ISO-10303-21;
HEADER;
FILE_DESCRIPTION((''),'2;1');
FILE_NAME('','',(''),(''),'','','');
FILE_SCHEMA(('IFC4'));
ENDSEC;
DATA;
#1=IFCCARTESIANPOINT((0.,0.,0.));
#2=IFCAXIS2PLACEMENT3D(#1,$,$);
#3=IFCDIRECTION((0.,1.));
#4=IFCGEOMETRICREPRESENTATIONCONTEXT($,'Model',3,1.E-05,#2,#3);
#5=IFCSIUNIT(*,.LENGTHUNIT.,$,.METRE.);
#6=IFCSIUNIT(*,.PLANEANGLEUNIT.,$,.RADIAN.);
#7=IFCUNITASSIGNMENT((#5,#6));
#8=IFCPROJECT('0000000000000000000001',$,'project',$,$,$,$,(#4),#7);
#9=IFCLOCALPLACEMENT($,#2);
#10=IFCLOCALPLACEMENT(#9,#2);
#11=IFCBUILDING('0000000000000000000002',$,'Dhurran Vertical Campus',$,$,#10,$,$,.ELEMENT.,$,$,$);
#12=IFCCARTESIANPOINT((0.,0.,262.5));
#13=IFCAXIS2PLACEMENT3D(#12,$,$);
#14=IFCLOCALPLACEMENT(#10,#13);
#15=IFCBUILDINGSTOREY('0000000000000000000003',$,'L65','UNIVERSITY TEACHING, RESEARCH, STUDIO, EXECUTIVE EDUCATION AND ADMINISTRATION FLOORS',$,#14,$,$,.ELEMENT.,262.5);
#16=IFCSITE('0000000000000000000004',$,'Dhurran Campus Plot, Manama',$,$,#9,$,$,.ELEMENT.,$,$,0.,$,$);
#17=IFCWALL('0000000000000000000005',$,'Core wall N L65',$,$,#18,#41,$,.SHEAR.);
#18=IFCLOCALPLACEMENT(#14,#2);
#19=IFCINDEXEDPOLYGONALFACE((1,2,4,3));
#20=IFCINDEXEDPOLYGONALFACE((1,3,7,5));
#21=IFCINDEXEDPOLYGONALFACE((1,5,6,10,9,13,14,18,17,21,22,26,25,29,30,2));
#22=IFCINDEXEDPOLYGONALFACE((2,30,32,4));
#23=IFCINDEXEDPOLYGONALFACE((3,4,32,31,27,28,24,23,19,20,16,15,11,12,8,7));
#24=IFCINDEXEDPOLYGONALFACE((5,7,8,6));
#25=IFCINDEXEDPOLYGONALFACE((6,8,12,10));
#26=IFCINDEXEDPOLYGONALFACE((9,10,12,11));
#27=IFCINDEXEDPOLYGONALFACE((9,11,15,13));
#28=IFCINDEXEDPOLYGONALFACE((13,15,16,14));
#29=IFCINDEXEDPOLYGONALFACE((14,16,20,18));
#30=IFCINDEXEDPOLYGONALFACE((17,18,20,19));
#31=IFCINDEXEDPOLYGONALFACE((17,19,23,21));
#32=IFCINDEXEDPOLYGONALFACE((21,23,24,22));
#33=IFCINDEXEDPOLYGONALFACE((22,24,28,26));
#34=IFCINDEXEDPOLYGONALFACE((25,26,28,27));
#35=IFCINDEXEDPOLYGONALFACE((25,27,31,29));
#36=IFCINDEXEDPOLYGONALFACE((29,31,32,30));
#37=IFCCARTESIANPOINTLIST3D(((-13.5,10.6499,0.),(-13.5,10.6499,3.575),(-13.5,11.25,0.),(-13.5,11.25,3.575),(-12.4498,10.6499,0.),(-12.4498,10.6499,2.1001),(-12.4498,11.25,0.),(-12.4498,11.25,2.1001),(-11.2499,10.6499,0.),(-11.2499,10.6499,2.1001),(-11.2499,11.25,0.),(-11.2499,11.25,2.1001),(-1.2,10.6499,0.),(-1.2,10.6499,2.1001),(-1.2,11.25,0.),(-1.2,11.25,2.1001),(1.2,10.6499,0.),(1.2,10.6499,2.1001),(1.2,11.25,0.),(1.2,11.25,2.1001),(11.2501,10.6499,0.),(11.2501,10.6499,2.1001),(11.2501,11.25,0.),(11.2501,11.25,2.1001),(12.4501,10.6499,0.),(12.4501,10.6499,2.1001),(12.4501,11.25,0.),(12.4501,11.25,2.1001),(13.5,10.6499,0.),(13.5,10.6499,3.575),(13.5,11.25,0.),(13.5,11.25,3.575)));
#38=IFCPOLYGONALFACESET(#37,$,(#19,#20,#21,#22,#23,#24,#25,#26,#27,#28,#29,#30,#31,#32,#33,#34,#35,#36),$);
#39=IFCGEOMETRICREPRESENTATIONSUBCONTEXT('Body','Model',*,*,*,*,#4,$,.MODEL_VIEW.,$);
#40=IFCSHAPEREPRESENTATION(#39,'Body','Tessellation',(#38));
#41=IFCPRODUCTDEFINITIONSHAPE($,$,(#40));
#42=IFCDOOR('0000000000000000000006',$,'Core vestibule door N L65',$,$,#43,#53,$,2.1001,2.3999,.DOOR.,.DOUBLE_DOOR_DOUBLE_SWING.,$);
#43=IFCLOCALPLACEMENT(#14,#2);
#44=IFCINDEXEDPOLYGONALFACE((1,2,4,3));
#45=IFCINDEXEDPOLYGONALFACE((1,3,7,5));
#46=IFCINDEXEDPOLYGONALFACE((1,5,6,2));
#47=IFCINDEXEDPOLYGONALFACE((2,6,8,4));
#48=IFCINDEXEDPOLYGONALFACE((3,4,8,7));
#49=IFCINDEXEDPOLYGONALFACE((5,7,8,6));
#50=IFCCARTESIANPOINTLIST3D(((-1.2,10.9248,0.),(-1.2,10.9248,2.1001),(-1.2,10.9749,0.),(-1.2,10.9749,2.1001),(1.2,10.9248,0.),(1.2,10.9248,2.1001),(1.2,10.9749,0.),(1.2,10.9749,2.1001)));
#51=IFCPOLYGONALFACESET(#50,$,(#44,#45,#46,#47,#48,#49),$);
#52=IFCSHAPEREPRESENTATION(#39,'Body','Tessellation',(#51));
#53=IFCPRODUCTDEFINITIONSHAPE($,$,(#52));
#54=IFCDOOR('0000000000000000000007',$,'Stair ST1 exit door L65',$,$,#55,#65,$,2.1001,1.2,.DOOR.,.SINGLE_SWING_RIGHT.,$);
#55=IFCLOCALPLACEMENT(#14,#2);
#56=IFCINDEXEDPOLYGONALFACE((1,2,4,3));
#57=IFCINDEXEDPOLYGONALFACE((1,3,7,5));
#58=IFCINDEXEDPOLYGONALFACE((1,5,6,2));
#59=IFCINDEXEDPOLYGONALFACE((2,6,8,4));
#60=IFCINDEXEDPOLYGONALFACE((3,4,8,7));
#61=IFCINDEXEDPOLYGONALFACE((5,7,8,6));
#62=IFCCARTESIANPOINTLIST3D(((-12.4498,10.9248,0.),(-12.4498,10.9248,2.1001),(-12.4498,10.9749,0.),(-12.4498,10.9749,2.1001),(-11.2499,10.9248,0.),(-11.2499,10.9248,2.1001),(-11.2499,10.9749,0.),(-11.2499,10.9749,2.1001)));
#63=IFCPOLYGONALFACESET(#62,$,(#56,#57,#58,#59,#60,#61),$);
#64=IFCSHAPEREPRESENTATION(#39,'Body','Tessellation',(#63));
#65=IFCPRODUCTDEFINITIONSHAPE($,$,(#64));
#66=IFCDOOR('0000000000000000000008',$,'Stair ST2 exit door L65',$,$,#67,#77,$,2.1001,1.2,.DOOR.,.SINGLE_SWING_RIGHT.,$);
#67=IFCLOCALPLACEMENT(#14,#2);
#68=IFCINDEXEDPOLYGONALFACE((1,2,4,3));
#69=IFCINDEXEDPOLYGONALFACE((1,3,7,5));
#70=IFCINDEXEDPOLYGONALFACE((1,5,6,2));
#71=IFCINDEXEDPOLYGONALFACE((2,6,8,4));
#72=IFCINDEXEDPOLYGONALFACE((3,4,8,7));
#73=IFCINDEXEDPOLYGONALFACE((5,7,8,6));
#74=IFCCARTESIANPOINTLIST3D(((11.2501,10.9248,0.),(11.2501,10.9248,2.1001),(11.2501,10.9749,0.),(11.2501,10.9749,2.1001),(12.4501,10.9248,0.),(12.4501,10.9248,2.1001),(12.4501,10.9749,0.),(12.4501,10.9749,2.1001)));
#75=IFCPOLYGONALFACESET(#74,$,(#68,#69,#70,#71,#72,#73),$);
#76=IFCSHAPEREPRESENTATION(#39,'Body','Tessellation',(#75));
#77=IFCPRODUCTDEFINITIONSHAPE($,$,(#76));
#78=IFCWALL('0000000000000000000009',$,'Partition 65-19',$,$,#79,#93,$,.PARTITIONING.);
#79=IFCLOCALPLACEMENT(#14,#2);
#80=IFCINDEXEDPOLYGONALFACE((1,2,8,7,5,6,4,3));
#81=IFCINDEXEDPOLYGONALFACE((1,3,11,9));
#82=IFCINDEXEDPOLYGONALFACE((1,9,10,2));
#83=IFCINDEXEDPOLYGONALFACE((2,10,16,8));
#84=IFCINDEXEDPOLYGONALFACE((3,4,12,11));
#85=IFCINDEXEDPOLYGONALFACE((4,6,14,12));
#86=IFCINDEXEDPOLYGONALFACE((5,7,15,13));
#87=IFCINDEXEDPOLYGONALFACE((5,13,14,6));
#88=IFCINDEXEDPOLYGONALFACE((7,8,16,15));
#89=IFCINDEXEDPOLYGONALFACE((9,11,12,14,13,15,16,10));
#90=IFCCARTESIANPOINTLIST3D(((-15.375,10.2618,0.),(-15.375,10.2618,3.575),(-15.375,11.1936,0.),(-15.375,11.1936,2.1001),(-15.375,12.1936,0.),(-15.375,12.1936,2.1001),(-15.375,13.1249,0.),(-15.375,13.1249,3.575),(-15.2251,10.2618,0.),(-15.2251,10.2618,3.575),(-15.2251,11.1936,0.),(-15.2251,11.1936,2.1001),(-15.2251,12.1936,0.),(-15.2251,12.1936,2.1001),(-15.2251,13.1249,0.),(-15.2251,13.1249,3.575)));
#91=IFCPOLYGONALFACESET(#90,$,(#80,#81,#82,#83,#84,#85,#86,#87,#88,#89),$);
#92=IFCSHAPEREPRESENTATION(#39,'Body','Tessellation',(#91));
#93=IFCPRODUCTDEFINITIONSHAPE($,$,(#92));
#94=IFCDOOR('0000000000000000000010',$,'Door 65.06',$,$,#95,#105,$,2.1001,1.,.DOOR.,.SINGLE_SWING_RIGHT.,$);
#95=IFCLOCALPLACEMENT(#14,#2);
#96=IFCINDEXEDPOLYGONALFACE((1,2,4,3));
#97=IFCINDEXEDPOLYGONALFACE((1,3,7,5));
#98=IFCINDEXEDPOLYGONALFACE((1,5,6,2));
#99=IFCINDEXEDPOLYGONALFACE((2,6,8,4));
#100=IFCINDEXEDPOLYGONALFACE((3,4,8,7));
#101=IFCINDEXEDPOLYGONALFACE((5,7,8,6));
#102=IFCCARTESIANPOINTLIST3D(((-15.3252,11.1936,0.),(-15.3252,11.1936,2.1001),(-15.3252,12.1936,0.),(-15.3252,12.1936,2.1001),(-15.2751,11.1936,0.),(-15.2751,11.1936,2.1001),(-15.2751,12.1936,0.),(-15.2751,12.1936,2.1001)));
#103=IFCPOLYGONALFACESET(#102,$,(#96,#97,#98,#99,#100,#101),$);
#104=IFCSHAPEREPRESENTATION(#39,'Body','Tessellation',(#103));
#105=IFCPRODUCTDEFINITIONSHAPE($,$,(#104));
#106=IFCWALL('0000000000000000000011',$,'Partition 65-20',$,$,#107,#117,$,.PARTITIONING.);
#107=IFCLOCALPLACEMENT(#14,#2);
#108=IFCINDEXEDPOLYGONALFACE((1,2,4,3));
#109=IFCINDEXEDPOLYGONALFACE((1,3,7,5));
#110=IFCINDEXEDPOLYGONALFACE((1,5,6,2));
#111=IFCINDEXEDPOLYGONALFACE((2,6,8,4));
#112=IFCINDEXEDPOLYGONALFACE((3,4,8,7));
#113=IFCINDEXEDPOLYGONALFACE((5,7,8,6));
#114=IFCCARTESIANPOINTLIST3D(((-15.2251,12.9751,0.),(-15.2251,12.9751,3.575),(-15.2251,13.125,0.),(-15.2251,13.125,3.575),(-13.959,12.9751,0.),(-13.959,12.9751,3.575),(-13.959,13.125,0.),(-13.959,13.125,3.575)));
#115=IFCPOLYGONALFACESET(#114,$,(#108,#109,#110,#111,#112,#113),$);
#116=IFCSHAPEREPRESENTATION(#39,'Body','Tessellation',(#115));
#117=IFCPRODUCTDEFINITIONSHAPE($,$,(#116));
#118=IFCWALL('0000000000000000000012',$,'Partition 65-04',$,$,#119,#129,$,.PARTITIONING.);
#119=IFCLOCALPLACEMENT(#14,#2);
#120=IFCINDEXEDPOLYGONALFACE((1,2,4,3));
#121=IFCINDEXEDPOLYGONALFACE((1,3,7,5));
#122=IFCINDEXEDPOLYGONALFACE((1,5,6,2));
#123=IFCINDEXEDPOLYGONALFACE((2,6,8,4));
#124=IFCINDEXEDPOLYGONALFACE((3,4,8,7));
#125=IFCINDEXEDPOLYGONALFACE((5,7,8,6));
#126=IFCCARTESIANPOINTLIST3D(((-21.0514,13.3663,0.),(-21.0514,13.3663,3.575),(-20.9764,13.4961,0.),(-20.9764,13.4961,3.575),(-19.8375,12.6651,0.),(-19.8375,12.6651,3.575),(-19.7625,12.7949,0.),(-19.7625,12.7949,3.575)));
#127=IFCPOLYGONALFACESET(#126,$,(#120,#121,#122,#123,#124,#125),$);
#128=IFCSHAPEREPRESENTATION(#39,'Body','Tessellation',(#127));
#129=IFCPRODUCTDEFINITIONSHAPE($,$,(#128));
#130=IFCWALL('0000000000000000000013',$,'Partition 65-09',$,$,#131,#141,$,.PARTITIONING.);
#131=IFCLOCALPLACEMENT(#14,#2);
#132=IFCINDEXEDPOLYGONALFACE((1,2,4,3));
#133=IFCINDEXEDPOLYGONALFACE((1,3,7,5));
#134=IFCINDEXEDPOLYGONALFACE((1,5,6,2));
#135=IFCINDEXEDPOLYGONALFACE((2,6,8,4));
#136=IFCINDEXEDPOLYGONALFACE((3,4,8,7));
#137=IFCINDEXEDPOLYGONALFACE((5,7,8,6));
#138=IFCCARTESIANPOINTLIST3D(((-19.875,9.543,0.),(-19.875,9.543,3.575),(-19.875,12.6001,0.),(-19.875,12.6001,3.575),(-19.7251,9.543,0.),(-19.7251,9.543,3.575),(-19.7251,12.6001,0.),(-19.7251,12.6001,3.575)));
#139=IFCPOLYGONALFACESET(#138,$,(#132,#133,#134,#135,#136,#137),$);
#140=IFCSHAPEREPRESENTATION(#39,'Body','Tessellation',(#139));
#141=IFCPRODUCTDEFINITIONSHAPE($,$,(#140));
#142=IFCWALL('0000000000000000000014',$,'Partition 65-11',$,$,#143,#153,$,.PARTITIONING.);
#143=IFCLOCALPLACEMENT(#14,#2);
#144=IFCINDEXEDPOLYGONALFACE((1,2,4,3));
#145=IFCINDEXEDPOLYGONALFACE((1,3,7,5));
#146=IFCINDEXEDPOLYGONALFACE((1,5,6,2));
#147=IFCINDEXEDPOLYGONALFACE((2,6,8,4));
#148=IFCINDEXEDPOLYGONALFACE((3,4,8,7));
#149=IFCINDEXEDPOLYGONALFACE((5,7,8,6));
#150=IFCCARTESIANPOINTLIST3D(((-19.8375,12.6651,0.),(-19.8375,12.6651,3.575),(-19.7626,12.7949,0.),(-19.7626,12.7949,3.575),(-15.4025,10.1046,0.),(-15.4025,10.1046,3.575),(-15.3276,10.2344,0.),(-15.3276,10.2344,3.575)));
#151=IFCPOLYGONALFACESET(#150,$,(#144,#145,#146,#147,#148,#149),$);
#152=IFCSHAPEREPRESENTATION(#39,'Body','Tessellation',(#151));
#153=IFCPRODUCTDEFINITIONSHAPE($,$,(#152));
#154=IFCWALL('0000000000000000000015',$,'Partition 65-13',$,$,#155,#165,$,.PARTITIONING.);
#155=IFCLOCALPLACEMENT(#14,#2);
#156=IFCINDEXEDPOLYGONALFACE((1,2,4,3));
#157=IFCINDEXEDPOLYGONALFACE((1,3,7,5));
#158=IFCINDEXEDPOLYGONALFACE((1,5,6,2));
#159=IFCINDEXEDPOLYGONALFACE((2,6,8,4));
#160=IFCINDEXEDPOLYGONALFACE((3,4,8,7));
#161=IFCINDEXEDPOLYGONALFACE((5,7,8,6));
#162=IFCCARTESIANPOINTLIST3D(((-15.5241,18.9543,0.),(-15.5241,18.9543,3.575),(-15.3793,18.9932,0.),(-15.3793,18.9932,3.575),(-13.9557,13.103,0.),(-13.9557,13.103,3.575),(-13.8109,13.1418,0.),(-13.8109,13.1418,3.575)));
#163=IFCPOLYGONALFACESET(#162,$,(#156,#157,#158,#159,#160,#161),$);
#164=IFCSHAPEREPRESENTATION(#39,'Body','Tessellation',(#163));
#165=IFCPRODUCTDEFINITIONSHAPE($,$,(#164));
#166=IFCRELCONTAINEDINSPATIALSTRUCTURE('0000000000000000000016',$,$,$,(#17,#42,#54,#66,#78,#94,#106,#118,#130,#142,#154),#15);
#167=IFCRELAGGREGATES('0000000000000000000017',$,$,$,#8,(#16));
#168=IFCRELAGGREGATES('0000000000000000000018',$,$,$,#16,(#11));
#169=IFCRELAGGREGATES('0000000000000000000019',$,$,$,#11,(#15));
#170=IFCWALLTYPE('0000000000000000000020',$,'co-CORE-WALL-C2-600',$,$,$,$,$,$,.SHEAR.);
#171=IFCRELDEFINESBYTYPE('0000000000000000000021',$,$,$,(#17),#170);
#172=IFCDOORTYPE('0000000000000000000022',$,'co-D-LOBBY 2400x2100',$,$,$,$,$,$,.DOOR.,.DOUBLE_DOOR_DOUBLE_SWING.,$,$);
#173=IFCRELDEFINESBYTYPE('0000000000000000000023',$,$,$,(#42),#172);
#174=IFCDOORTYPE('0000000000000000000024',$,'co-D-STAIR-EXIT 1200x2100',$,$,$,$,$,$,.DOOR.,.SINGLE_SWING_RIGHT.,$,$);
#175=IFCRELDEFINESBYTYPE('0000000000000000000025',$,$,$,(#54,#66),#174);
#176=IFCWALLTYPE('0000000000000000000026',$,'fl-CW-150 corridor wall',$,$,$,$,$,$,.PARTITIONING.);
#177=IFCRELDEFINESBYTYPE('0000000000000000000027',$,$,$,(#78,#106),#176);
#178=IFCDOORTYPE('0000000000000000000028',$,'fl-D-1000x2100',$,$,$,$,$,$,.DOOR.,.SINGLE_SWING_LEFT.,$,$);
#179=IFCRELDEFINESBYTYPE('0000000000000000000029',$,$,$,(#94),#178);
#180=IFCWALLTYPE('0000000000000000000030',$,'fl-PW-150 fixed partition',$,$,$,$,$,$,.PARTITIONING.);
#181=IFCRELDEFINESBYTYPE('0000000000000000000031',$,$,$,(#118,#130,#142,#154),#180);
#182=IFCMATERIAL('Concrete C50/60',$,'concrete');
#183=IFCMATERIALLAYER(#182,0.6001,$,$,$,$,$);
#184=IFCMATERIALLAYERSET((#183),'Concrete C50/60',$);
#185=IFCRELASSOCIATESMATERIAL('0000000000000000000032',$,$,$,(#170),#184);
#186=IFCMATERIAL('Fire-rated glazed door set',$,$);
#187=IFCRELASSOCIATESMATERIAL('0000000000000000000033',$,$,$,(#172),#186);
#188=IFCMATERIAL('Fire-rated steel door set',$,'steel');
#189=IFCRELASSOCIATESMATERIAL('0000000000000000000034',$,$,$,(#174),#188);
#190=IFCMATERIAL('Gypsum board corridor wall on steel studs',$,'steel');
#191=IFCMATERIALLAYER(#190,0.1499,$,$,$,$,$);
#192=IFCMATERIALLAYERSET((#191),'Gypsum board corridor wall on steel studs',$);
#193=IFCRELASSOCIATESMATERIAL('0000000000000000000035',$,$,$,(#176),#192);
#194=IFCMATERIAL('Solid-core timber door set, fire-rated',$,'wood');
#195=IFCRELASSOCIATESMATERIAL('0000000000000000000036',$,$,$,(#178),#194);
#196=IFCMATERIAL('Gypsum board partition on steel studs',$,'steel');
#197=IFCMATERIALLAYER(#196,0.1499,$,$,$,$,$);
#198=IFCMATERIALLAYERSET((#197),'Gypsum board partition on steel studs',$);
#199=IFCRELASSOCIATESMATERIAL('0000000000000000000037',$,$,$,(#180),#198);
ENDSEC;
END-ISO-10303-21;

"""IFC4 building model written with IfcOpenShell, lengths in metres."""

from ifc_helpers import new_model, si_unit, direction, frame, frame_2d, origin, place, context, subcontext, project, spatial, rectangle, extrude, material, layer, layer_set, type_object, element, fill, save


model = new_model("IFC4")

# Units and contexts
model_context = context("Model", 3, precision=1e-05, world=origin(), true_north=direction((0.0, 1.0)))
body_context = subcontext(model_context, "Body", "Model", "MODEL_VIEW")
ifc_project = project(units=[si_unit("LENGTHUNIT", "METRE"), si_unit("PLANEANGLEUNIT", "RADIAN")], contexts=[model_context])

# Site, building, storey
site_placement = place(None, origin())
site = spatial("IfcSite", under=ifc_project, at=site_placement, Name="Dhurran Campus Plot, Manama", CompositionType="ELEMENT", RefElevation=0.0)
building_placement = place(site_placement, origin())
building = spatial("IfcBuilding", under=site, at=building_placement, Name="Dhurran Vertical Campus", CompositionType="ELEMENT")
storey_placement = place(building_placement, frame((0.0, 0.0, 262.5)))
storey = spatial("IfcBuildingStorey", under=building, at=storey_placement, Name="L65", Description="UNIVERSITY TEACHING, RESEARCH, STUDIO, EXECUTIVE EDUCATION AND ADMINISTRATION FLOORS", CompositionType="ELEMENT", Elevation=262.5)

# Wall, openings, doors
ifc_material_1 = material(Name="Concrete C50/60", Category="concrete")
ifc_layer_1 = layer(ifc_material_1, 0.6001)
ifc_layer_set_1 = layer_set([ifc_layer_1], Name="Concrete C50/60")
wall_type_1 = type_object("IfcWallType", Name="co-CORE-WALL-C2-600", PredefinedType="SHEAR", material=ifc_layer_set_1)
wall_1_placement = place(storey_placement, frame((-13.5, 10.95, 0.0), z_axis=(0.0, 0.0, 1.0), x_axis=(1.0, 0.0, 0.0)))
wall_1 = element("IfcWall", 1, at=wall_1_placement, inside=storey, type_object=wall_type_1, Name="Core wall N L65", PredefinedType="SHEAR", context=body_context, shape_type="SweptSolid", body=[
    extrude(rectangle(XDim=27.0, YDim=0.6001, at=frame_2d((13.5, 0.0))), origin(), (0.0, 0.0, 1.0), 3.575),
])
opening_1_placement = place(wall_1_placement, frame((12.3, 0.0, 0.0)))
opening_1 = element("IfcOpeningElement", 2, at=opening_1_placement, cuts=wall_1, PredefinedType="OPENING", context=body_context, shape_type="SweptSolid", body=[
    extrude(rectangle(XDim=2.3999, YDim=2.1001, at=frame_2d((1.2, 1.05))), frame((0.0, 0.3101, 0.0), z_axis=(0.0, -1.0, 0.0), x_axis=(1.0, 0.0, 0.0)), (0.0, 0.0, 1.0), 0.6201),
])
opening_2_placement = place(wall_1_placement, frame((1.05, 0.0, 0.0)))
opening_2 = element("IfcOpeningElement", 3, at=opening_2_placement, cuts=wall_1, PredefinedType="OPENING", context=body_context, shape_type="SweptSolid", body=[
    extrude(rectangle(XDim=1.2, YDim=2.1001, at=frame_2d((0.6001, 1.05))), frame((0.0, 0.3101, 0.0), z_axis=(0.0, -1.0, 0.0), x_axis=(1.0, 0.0, 0.0)), (0.0, 0.0, 1.0), 0.6201),
])
opening_3_placement = place(wall_1_placement, frame((24.75, 0.0, 0.0)))
opening_3 = element("IfcOpeningElement", 4, at=opening_3_placement, cuts=wall_1, PredefinedType="OPENING", context=body_context, shape_type="SweptSolid", body=[
    extrude(rectangle(XDim=1.2, YDim=2.1001, at=frame_2d((0.6001, 1.05))), frame((0.0, 0.3101, 0.0), z_axis=(0.0, -1.0, 0.0), x_axis=(1.0, 0.0, 0.0)), (0.0, 0.0, 1.0), 0.6201),
])
ifc_material_2 = material(Name="Fire-rated glazed door set")
door_type_1 = type_object("IfcDoorType", Name="co-D-LOBBY 2400x2100", OperationType="DOUBLE_DOOR_DOUBLE_SWING", PredefinedType="DOOR", material=ifc_material_2)
door_1_placement = place(opening_1_placement, origin())
door_1 = element("IfcDoor", 5, at=door_1_placement, inside=storey, type_object=door_type_1, Name="Core vestibule door N L65", OperationType="DOUBLE_DOOR_DOUBLE_SWING", OverallHeight=2.1001, OverallWidth=2.3999, PredefinedType="DOOR", context=body_context, shape_type="SweptSolid", body=[
    extrude(rectangle(XDim=2.3999, YDim=2.1001, at=frame_2d((1.2, 1.05))), frame((0.0, 0.0249, 0.0), z_axis=(0.0, -1.0, 0.0), x_axis=(1.0, 0.0, 0.0)), (0.0, 0.0, 1.0), 0.05),
])
fill(opening_1, door_1)
ifc_material_3 = material(Name="Fire-rated steel door set", Category="steel")
door_type_2 = type_object("IfcDoorType", Name="co-D-STAIR-EXIT 1200x2100", OperationType="SINGLE_SWING_RIGHT", PredefinedType="DOOR", material=ifc_material_3)
door_2_placement = place(opening_2_placement, origin())
door_2 = element("IfcDoor", 6, at=door_2_placement, inside=storey, type_object=door_type_2, Name="Stair ST1 exit door L65", OperationType="SINGLE_SWING_RIGHT", OverallHeight=2.1001, OverallWidth=1.2, PredefinedType="DOOR", context=body_context, shape_type="SweptSolid", body=[
    extrude(rectangle(XDim=1.2, YDim=2.1001, at=frame_2d((0.6001, 1.05))), frame((0.0, 0.0249, 0.0), z_axis=(0.0, -1.0, 0.0), x_axis=(1.0, 0.0, 0.0)), (0.0, 0.0, 1.0), 0.05),
])
fill(opening_2, door_2)
door_3_placement = place(opening_3_placement, origin())
door_3 = element("IfcDoor", 7, at=door_3_placement, inside=storey, type_object=door_type_2, Name="Stair ST2 exit door L65", OperationType="SINGLE_SWING_RIGHT", OverallHeight=2.1001, OverallWidth=1.2, PredefinedType="DOOR", context=body_context, shape_type="SweptSolid", body=[
    extrude(rectangle(XDim=1.2, YDim=2.1001, at=frame_2d((0.6001, 1.05))), frame((0.0, 0.0249, 0.0), z_axis=(0.0, -1.0, 0.0), x_axis=(1.0, 0.0, 0.0)), (0.0, 0.0, 1.0), 0.05),
])
fill(opening_3, door_3)

# Wall, opening, door
ifc_material_4 = material(Name="Gypsum board corridor wall on steel studs", Category="steel")
ifc_layer_2 = layer(ifc_material_4, 0.1499)
ifc_layer_set_2 = layer_set([ifc_layer_2], Name="Gypsum board corridor wall on steel studs")
wall_type_2 = type_object("IfcWallType", Name="fl-CW-150 corridor wall", PredefinedType="PARTITIONING", material=ifc_layer_set_2)
wall_2_placement = place(storey_placement, frame((-15.3, 13.125, 0.0), z_axis=(0.0, 0.0, 1.0), x_axis=(0.0, -1.0, 0.0)))
wall_2 = element("IfcWall", 8, at=wall_2_placement, inside=storey, type_object=wall_type_2, Name="Partition 65-19", PredefinedType="PARTITIONING", context=body_context, shape_type="SweptSolid", body=[
    extrude(rectangle(XDim=2.863, YDim=0.1499, at=frame_2d((1.4316, 0.0))), origin(), (0.0, 0.0, 1.0), 3.575),
])
opening_4_placement = place(wall_2_placement, frame((0.9314, 0.0, 0.0)))
opening_4 = element("IfcOpeningElement", 9, at=opening_4_placement, cuts=wall_2, PredefinedType="OPENING", context=body_context, shape_type="SweptSolid", body=[
    extrude(rectangle(XDim=1.0, YDim=2.1001, at=frame_2d((0.5, 1.05))), frame((0.0, 0.085, 0.0), z_axis=(0.0, -1.0, 0.0), x_axis=(1.0, 0.0, 0.0)), (0.0, 0.0, 1.0), 0.1699),
])
ifc_material_5 = material(Name="Solid-core timber door set, fire-rated", Category="wood")
door_type_3 = type_object("IfcDoorType", Name="fl-D-1000x2100", OperationType="SINGLE_SWING_LEFT", PredefinedType="DOOR", material=ifc_material_5)
door_4_placement = place(opening_4_placement, origin())
door_4 = element("IfcDoor", 10, at=door_4_placement, inside=storey, type_object=door_type_3, Name="Door 65.06", OperationType="SINGLE_SWING_RIGHT", OverallHeight=2.1001, OverallWidth=1.0, PredefinedType="DOOR", context=body_context, shape_type="SweptSolid", body=[
    extrude(rectangle(XDim=1.0, YDim=2.1001, at=frame_2d((0.5, 1.05))), frame((0.0, 0.0249, 0.0), z_axis=(0.0, -1.0, 0.0), x_axis=(1.0, 0.0, 0.0)), (0.0, 0.0, 1.0), 0.05),
])
fill(opening_4, door_4)

# Walls
wall_3_placement = place(storey_placement, frame((-13.959, 13.05, 0.0), z_axis=(0.0, 0.0, 1.0), x_axis=(-1.0, 0.0, 0.0)))
element("IfcWall", 11, at=wall_3_placement, inside=storey, type_object=wall_type_2, Name="Partition 65-20", PredefinedType="PARTITIONING", context=body_context, shape_type="SweptSolid", body=[
    extrude(rectangle(XDim=1.2661, YDim=0.1499, at=frame_2d((0.6331, 0.0))), origin(), (0.0, 0.0, 1.0), 3.575),
])
ifc_material_6 = material(Name="Gypsum board partition on steel studs", Category="steel")
ifc_layer_3 = layer(ifc_material_6, 0.1499)
ifc_layer_set_3 = layer_set([ifc_layer_3], Name="Gypsum board partition on steel studs")
wall_type_3 = type_object("IfcWallType", Name="fl-PW-150 fixed partition", PredefinedType="PARTITIONING", material=ifc_layer_set_3)
wall_4_placement = place(storey_placement, frame((-21.0139, 13.4312, 0.0), z_axis=(0.0, 0.0, 1.0), x_axis=(0.865919, -0.500185, 0.0)))
element("IfcWall", 12, at=wall_4_placement, inside=storey, type_object=wall_type_3, Name="Partition 65-04", PredefinedType="PARTITIONING", context=body_context, shape_type="SweptSolid", body=[
    extrude(rectangle(XDim=1.4019, YDim=0.1499, at=frame_2d((0.7009, 0.0))), origin(), (0.0, 0.0, 1.0), 3.575),
])
wall_5_placement = place(storey_placement, frame((-19.8, 12.6001, 0.0), z_axis=(0.0, 0.0, 1.0), x_axis=(0.0, -1.0, 0.0)))
element("IfcWall", 13, at=wall_5_placement, inside=storey, type_object=wall_type_3, Name="Partition 65-09", PredefinedType="PARTITIONING", context=body_context, shape_type="SweptSolid", body=[
    extrude(rectangle(XDim=3.0571, YDim=0.1499, at=frame_2d((1.5286, 0.0))), origin(), (0.0, 0.0, 1.0), 3.575),
])
wall_6_placement = place(storey_placement, frame((-19.8, 12.73, 0.0), z_axis=(0.0, 0.0, 1.0), x_axis=(0.866028, -0.499995, 0.0)))
element("IfcWall", 14, at=wall_6_placement, inside=storey, type_object=wall_type_3, Name="Partition 65-11", PredefinedType="PARTITIONING", context=body_context, shape_type="SweptSolid", body=[
    extrude(rectangle(XDim=5.1211, YDim=0.1499, at=frame_2d((2.5605, 0.0))), origin(), (0.0, 0.0, 1.0), 3.575),
])
wall_7_placement = place(storey_placement, frame((-15.4517, 18.9736, 0.0), z_axis=(0.0, 0.0, 1.0), x_axis=(0.258897, -0.965905, 0.0)))
element("IfcWall", 15, at=wall_7_placement, inside=storey, type_object=wall_type_3, Name="Partition 65-13", PredefinedType="PARTITIONING", context=body_context, shape_type="SweptSolid", body=[
    extrude(rectangle(XDim=6.0579, YDim=0.1499, at=frame_2d((3.0288, 0.0))), origin(), (0.0, 0.0, 1.0), 3.575),
])

save(model, "model.ifc")
